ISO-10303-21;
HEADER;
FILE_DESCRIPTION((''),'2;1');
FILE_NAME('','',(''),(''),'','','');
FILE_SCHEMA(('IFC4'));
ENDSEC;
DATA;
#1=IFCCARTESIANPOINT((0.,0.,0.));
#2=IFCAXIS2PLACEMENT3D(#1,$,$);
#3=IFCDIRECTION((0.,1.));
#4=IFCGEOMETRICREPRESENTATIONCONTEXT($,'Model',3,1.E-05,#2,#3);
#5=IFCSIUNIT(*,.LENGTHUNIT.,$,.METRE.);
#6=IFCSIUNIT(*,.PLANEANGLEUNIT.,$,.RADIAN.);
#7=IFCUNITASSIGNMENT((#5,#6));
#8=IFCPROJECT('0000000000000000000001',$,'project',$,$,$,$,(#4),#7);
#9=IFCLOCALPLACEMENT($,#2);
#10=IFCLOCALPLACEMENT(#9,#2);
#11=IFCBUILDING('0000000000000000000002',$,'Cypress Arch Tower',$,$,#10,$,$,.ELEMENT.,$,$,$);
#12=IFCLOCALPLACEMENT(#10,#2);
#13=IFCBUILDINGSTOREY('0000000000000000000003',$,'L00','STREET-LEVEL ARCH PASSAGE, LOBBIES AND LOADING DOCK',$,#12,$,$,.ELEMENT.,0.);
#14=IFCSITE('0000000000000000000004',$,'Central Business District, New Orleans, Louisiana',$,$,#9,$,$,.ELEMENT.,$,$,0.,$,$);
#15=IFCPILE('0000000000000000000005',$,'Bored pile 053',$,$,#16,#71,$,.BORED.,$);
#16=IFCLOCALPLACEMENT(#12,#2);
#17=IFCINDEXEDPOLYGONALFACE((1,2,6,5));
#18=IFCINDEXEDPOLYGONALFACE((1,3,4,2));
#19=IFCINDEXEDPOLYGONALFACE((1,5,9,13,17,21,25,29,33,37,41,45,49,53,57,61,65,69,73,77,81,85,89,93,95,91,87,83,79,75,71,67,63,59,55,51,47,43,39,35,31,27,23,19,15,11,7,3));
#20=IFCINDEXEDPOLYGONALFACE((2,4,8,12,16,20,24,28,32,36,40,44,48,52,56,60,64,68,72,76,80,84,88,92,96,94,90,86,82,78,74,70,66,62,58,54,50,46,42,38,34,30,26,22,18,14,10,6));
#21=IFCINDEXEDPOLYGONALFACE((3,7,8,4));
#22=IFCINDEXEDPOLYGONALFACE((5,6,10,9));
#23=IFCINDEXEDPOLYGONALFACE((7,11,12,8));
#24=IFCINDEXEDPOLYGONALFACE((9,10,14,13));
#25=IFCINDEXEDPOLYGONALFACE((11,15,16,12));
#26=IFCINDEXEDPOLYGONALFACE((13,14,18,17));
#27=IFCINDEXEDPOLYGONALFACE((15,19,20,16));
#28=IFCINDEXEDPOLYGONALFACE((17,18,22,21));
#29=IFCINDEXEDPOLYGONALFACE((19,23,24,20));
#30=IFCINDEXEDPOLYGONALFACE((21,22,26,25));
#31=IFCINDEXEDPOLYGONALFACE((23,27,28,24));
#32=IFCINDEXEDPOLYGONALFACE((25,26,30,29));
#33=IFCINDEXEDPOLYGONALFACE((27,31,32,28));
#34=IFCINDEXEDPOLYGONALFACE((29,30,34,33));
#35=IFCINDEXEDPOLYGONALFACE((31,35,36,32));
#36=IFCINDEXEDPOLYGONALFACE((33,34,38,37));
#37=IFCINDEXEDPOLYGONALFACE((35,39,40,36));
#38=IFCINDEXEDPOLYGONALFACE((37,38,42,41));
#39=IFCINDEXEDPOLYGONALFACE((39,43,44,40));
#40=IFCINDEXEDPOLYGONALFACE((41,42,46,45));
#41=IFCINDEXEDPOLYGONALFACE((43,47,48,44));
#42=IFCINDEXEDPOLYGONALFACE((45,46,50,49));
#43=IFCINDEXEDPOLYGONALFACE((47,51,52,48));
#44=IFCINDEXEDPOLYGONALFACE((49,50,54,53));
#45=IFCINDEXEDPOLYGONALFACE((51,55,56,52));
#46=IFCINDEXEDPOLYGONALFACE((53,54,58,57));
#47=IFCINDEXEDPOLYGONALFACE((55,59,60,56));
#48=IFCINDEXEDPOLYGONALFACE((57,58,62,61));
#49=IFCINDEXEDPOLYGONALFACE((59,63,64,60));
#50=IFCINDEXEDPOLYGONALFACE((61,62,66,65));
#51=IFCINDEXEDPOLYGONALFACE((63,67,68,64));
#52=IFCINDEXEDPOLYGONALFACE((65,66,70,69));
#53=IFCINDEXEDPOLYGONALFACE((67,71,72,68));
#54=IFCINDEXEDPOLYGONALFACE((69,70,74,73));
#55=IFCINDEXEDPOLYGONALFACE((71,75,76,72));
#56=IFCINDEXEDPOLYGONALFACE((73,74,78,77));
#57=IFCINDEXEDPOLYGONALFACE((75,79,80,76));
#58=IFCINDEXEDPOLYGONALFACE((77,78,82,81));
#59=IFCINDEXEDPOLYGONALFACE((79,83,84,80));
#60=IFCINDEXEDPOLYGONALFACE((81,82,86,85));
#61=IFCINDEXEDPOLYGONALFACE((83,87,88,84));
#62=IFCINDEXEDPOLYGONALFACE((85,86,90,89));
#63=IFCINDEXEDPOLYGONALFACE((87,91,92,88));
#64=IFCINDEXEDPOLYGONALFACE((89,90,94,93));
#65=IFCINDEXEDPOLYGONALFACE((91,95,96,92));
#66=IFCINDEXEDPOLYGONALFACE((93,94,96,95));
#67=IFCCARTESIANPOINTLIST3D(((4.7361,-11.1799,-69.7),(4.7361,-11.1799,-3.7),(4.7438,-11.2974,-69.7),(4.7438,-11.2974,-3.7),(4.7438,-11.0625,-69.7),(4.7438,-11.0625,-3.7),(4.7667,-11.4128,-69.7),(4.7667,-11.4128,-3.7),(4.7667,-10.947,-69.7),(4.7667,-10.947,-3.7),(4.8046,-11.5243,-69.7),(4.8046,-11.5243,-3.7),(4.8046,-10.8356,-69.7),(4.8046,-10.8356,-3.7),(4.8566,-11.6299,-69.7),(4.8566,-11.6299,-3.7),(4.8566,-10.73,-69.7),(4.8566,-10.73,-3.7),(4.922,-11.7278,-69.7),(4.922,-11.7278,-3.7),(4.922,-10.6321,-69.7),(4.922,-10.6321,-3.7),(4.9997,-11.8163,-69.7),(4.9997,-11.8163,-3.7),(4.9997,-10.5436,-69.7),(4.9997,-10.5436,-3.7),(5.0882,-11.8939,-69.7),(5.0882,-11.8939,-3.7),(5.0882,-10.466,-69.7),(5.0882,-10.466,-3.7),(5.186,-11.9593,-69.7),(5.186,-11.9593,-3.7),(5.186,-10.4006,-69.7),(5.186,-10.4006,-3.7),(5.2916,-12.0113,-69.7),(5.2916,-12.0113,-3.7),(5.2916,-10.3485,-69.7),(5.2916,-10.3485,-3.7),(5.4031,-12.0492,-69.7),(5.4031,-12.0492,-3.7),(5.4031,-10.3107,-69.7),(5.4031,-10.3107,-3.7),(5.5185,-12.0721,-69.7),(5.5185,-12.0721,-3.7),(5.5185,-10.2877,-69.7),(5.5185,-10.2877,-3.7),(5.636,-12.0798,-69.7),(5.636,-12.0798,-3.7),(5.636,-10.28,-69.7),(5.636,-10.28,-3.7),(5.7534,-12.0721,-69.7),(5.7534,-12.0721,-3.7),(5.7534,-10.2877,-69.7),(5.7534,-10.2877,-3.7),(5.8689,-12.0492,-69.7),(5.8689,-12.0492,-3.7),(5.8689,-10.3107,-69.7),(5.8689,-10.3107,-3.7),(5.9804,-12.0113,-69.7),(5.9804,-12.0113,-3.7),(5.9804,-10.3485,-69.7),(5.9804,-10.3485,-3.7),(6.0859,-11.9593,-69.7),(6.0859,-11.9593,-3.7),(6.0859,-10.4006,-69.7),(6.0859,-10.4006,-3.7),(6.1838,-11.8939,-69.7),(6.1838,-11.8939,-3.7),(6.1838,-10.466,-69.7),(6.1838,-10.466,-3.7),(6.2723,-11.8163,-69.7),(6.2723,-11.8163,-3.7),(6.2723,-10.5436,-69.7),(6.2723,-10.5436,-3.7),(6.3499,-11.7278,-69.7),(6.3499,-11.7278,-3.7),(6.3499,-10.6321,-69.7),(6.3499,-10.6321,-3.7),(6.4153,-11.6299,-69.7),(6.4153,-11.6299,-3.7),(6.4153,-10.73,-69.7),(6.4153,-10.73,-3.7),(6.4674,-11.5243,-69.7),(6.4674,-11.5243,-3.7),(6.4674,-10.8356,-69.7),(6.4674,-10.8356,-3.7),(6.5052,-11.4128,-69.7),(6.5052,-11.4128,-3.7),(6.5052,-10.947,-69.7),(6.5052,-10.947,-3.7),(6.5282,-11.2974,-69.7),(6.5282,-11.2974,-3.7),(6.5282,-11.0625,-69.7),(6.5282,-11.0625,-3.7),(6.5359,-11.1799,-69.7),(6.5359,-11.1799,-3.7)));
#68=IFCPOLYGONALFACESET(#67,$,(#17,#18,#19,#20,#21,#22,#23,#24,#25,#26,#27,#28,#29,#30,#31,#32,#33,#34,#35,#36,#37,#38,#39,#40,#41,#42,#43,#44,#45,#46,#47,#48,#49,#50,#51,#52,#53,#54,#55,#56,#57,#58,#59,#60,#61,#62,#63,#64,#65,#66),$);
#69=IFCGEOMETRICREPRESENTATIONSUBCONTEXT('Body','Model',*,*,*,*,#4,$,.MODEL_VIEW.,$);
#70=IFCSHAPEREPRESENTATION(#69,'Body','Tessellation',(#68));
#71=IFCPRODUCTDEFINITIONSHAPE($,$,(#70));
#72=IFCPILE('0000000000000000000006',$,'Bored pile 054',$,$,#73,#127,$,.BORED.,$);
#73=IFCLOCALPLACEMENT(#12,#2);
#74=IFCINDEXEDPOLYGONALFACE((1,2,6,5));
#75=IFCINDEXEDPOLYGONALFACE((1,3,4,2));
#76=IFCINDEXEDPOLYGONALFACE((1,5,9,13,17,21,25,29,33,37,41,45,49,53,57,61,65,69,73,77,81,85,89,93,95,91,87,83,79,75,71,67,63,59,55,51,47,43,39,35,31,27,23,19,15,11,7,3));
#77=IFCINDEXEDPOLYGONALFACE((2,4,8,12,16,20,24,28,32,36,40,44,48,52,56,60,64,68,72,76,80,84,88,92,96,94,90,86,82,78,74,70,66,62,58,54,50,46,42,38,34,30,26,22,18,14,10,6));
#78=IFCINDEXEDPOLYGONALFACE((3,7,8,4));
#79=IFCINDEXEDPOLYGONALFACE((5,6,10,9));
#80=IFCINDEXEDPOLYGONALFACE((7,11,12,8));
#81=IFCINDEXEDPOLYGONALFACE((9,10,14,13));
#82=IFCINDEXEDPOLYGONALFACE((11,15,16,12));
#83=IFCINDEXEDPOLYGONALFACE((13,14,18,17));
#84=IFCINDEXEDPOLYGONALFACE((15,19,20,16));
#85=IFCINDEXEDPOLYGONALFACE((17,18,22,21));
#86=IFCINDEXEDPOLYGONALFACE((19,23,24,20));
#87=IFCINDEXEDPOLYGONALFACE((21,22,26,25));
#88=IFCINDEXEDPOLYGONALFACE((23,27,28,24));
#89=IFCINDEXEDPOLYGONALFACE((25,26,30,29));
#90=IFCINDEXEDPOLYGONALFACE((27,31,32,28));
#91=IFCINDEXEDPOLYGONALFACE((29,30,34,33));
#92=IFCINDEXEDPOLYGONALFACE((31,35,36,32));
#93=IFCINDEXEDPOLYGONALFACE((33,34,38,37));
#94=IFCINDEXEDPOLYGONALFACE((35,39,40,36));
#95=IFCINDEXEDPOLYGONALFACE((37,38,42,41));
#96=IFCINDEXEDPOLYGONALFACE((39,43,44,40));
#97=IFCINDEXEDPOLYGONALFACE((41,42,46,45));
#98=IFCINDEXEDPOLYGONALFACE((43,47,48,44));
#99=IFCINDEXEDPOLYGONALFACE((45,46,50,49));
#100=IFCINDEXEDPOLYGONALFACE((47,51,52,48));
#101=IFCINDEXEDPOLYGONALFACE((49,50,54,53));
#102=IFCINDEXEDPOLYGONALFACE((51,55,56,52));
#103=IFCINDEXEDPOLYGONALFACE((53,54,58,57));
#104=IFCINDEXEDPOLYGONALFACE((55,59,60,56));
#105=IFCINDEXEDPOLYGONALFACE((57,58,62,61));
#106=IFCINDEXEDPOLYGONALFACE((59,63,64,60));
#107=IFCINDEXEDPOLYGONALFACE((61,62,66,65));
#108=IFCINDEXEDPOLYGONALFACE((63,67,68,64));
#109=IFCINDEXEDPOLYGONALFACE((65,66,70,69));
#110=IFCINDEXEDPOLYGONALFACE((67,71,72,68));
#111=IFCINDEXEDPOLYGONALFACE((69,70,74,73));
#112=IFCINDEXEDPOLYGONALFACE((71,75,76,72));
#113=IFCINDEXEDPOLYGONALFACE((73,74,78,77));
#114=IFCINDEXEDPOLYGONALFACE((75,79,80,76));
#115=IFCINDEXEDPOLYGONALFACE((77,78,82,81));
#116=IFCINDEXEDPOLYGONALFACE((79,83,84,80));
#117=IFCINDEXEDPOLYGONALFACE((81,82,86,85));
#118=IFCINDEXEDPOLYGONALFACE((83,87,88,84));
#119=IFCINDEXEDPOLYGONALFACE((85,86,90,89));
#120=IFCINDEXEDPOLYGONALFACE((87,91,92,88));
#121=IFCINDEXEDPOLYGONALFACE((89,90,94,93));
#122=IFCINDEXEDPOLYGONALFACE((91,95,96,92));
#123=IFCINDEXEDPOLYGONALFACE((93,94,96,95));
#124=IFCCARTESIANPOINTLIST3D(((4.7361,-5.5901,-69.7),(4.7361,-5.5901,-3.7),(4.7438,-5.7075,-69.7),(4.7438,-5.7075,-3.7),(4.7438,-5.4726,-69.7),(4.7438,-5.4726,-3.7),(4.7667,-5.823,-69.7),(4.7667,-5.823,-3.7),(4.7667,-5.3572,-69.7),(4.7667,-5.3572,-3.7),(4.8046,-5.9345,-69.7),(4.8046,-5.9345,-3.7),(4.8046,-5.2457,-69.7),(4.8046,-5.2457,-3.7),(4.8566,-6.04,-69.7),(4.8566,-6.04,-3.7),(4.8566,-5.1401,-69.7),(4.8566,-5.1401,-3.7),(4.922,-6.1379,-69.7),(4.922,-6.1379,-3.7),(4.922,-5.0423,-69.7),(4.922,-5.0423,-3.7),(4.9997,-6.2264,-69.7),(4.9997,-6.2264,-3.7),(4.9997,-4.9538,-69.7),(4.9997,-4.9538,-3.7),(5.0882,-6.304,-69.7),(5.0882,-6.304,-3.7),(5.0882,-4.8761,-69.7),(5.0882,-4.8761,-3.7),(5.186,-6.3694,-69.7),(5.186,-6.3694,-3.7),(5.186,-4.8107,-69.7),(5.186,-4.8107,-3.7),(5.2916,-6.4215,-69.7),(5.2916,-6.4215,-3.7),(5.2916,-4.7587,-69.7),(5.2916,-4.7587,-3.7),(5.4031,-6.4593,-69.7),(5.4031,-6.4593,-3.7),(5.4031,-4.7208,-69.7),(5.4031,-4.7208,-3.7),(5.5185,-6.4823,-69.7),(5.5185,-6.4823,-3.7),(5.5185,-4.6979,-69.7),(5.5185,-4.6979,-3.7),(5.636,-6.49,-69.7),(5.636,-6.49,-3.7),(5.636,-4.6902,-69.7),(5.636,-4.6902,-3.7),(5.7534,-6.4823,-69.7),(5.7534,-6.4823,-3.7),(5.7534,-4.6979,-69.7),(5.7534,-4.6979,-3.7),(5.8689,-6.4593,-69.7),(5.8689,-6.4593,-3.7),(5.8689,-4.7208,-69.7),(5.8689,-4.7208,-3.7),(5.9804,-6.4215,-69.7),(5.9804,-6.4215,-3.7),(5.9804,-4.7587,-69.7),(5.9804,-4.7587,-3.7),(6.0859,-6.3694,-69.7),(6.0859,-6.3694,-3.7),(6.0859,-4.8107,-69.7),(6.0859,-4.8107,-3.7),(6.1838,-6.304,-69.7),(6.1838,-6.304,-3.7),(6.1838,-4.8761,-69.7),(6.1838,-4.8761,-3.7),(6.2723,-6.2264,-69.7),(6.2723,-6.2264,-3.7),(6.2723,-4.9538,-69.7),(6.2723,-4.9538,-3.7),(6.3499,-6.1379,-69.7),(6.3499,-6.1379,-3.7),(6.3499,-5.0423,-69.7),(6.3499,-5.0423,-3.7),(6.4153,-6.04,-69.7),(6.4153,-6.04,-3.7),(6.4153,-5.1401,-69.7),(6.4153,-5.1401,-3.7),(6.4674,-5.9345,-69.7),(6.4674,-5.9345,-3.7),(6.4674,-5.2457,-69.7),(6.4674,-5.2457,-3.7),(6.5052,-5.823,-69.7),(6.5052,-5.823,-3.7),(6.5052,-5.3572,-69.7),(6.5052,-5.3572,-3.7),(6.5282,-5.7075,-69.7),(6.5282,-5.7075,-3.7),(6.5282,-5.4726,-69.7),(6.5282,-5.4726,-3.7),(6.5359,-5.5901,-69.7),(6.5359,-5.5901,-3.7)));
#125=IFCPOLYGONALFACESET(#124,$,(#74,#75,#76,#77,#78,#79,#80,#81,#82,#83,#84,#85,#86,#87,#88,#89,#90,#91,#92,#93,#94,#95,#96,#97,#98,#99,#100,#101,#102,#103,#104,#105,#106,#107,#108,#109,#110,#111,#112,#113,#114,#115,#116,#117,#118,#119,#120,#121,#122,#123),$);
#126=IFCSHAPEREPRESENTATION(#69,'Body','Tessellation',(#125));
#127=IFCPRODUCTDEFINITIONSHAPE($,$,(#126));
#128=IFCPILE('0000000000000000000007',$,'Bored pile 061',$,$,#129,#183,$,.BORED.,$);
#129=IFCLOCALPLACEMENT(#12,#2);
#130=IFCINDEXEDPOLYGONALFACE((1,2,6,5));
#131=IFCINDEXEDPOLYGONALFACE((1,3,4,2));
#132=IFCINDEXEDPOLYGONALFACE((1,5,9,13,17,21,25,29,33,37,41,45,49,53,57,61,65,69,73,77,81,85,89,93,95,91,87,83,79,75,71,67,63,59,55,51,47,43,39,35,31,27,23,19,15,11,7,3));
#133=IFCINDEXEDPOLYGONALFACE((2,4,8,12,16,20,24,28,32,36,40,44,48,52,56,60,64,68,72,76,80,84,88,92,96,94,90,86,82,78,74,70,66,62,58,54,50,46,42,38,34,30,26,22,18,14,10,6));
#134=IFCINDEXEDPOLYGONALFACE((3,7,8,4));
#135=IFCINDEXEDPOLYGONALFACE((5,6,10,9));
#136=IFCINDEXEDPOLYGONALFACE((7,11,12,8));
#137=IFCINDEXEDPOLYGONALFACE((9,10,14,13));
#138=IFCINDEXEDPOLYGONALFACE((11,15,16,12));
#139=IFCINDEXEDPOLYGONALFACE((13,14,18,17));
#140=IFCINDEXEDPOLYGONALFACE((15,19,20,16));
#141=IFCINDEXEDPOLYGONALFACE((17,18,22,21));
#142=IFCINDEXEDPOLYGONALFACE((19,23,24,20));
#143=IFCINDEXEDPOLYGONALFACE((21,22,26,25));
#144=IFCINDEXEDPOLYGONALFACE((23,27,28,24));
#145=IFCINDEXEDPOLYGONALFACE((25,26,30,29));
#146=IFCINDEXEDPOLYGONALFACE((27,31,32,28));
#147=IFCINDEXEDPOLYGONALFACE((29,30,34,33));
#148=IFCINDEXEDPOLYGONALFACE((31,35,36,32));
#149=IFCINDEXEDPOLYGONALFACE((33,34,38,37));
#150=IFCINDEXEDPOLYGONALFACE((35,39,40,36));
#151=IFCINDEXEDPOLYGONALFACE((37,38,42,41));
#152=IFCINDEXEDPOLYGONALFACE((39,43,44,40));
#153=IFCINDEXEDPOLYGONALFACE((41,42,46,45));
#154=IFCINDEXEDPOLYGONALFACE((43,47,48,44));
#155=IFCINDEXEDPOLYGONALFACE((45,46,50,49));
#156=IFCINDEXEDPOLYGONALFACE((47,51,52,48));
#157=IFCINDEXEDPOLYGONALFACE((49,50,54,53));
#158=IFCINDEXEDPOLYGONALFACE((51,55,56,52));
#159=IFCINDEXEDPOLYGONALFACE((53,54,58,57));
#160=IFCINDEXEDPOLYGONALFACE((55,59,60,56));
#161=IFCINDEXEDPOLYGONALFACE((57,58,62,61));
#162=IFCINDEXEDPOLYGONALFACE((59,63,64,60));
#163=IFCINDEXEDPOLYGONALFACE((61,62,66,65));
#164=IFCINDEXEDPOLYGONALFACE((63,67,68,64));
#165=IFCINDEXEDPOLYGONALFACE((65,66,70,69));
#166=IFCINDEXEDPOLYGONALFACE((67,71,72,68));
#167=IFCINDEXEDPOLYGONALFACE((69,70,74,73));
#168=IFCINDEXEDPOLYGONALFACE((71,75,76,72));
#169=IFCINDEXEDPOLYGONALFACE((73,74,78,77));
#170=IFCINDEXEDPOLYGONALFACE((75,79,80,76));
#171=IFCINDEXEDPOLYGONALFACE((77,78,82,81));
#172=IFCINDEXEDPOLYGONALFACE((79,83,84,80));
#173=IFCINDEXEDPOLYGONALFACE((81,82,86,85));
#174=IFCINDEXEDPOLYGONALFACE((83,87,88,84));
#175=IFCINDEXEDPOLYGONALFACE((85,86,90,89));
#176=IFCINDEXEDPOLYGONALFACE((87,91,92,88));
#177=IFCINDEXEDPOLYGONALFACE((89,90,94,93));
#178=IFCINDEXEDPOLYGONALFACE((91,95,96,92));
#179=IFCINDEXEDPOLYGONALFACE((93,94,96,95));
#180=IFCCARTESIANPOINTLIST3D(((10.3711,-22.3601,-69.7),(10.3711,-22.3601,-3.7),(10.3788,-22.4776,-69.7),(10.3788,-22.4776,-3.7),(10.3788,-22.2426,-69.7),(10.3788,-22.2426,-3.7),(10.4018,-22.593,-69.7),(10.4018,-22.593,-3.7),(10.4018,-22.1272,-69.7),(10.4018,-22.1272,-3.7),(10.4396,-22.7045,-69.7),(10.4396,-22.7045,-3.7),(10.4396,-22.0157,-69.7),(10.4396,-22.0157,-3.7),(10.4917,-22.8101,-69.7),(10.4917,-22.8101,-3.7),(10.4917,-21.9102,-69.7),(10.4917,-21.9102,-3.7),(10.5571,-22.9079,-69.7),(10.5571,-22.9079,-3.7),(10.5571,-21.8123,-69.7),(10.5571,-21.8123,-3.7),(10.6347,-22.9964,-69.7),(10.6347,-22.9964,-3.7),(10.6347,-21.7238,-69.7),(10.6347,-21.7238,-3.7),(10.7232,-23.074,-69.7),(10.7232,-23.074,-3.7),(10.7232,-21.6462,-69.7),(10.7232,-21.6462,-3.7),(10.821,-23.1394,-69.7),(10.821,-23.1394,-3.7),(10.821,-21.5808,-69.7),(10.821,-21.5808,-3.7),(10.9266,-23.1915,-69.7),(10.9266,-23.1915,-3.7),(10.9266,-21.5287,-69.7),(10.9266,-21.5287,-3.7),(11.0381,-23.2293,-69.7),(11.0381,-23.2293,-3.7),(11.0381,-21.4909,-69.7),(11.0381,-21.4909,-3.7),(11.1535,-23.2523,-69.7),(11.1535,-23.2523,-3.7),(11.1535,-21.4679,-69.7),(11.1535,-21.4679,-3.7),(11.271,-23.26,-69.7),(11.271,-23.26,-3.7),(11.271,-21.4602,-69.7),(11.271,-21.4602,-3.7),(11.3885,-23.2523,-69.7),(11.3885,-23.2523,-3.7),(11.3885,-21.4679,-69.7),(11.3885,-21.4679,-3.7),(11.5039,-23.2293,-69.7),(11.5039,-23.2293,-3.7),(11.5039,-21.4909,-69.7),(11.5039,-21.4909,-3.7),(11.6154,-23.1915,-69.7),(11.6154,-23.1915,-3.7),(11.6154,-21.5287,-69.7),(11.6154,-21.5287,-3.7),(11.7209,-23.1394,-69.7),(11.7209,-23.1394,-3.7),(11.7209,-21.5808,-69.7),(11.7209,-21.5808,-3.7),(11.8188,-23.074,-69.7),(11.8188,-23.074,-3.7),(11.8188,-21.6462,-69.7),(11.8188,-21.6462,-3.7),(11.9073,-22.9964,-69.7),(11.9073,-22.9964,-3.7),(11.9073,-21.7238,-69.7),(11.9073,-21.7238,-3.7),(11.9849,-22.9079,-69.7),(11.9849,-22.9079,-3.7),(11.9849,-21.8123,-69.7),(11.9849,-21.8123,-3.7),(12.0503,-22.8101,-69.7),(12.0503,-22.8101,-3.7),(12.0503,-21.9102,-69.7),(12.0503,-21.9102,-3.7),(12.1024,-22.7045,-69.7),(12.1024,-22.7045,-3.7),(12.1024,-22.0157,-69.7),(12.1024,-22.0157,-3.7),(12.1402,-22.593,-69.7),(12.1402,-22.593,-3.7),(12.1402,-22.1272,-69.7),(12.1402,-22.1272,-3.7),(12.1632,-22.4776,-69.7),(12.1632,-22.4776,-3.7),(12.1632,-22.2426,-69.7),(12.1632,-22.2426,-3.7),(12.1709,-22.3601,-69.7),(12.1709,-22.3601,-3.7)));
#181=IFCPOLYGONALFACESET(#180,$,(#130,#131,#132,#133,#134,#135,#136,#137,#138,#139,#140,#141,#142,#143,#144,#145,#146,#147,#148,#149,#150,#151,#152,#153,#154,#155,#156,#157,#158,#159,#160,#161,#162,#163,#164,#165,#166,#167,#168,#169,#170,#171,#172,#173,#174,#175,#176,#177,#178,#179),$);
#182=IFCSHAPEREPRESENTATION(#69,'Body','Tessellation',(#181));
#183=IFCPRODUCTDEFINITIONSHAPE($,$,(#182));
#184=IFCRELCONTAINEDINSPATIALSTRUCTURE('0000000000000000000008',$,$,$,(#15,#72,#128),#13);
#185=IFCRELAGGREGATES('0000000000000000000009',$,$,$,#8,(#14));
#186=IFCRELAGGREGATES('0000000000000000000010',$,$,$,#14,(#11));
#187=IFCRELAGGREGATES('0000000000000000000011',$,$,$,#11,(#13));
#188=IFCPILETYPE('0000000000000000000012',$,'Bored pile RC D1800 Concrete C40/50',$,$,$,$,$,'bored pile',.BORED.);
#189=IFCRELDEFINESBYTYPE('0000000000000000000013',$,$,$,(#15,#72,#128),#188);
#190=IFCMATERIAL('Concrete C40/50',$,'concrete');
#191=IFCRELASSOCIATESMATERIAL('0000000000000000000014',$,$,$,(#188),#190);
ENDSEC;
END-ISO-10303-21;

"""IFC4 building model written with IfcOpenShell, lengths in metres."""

from ifc_helpers import new_model, si_unit, direction, frame, origin, origin_2d, place, context, subcontext, project, spatial, circle, extrude, material, material_profile, profile_set, type_object, element, save


model = new_model("IFC4")

# Units and contexts
model_context = context("Model", 3, precision=1e-05, world=origin(), true_north=direction((0.0, 1.0)))
body_context = subcontext(model_context, "Body", "Model", "MODEL_VIEW")
ifc_project = project(units=[si_unit("LENGTHUNIT", "METRE"), si_unit("PLANEANGLEUNIT", "RADIAN")], contexts=[model_context])

# Site, building, storey
site_placement = place(None, origin())
site = spatial("IfcSite", under=ifc_project, at=site_placement, Name="Central Business District, New Orleans, Louisiana", CompositionType="ELEMENT", RefElevation=0.0)
building_placement = place(site_placement, origin())
building = spatial("IfcBuilding", under=site, at=building_placement, Name="Cypress Arch Tower", CompositionType="ELEMENT")
storey_placement = place(building_placement, origin())
storey = spatial("IfcBuildingStorey", under=building, at=storey_placement, Name="L00", Description="STREET-LEVEL ARCH PASSAGE, LOBBIES AND LOADING DOCK", CompositionType="ELEMENT", Elevation=0.0)

# Piles
ifc_material_1 = material(Name="Concrete C40/50", Category="concrete")
ifc_material_profile_1 = material_profile(ifc_material_1, circle(Radius=0.8999, at=origin_2d()), Name="RC D1800")
ifc_profile_set_1 = profile_set([ifc_material_profile_1], Name="Concrete C40/50")
pile_type = type_object("IfcPileType", Name="Bored pile RC D1800 Concrete C40/50", ElementType="bored pile", PredefinedType="BORED", material=ifc_profile_set_1)
for number, where, z_axis, x_axis, name in (
    (1, (5.636, -11.1799, -3.7), (0.0, 0.0, -1.0), (1.0, 0.0, 0.0), "Bored pile 053"),
    (2, (5.636, -5.5901, -3.7), (0.0, 0.0, -1.0), (1.0, 0.0, 0.0), "Bored pile 054"),
    (3, (11.271, -22.3601, -3.7), (0.0, 0.0, -1.0), (1.0, 0.0, 0.0), "Bored pile 061"),
):
    element("IfcPile", number, at=place(storey_placement, frame(where, z_axis=z_axis, x_axis=x_axis)), inside=storey, type_object=pile_type, Name=name, PredefinedType="BORED", context=body_context, shape_type="SweptSolid", body=[
        extrude(circle(Radius=0.8999, at=origin_2d()), origin(), (0.0, 0.0, 1.0), 66.0),
    ])

save(model, "model.ifc")
